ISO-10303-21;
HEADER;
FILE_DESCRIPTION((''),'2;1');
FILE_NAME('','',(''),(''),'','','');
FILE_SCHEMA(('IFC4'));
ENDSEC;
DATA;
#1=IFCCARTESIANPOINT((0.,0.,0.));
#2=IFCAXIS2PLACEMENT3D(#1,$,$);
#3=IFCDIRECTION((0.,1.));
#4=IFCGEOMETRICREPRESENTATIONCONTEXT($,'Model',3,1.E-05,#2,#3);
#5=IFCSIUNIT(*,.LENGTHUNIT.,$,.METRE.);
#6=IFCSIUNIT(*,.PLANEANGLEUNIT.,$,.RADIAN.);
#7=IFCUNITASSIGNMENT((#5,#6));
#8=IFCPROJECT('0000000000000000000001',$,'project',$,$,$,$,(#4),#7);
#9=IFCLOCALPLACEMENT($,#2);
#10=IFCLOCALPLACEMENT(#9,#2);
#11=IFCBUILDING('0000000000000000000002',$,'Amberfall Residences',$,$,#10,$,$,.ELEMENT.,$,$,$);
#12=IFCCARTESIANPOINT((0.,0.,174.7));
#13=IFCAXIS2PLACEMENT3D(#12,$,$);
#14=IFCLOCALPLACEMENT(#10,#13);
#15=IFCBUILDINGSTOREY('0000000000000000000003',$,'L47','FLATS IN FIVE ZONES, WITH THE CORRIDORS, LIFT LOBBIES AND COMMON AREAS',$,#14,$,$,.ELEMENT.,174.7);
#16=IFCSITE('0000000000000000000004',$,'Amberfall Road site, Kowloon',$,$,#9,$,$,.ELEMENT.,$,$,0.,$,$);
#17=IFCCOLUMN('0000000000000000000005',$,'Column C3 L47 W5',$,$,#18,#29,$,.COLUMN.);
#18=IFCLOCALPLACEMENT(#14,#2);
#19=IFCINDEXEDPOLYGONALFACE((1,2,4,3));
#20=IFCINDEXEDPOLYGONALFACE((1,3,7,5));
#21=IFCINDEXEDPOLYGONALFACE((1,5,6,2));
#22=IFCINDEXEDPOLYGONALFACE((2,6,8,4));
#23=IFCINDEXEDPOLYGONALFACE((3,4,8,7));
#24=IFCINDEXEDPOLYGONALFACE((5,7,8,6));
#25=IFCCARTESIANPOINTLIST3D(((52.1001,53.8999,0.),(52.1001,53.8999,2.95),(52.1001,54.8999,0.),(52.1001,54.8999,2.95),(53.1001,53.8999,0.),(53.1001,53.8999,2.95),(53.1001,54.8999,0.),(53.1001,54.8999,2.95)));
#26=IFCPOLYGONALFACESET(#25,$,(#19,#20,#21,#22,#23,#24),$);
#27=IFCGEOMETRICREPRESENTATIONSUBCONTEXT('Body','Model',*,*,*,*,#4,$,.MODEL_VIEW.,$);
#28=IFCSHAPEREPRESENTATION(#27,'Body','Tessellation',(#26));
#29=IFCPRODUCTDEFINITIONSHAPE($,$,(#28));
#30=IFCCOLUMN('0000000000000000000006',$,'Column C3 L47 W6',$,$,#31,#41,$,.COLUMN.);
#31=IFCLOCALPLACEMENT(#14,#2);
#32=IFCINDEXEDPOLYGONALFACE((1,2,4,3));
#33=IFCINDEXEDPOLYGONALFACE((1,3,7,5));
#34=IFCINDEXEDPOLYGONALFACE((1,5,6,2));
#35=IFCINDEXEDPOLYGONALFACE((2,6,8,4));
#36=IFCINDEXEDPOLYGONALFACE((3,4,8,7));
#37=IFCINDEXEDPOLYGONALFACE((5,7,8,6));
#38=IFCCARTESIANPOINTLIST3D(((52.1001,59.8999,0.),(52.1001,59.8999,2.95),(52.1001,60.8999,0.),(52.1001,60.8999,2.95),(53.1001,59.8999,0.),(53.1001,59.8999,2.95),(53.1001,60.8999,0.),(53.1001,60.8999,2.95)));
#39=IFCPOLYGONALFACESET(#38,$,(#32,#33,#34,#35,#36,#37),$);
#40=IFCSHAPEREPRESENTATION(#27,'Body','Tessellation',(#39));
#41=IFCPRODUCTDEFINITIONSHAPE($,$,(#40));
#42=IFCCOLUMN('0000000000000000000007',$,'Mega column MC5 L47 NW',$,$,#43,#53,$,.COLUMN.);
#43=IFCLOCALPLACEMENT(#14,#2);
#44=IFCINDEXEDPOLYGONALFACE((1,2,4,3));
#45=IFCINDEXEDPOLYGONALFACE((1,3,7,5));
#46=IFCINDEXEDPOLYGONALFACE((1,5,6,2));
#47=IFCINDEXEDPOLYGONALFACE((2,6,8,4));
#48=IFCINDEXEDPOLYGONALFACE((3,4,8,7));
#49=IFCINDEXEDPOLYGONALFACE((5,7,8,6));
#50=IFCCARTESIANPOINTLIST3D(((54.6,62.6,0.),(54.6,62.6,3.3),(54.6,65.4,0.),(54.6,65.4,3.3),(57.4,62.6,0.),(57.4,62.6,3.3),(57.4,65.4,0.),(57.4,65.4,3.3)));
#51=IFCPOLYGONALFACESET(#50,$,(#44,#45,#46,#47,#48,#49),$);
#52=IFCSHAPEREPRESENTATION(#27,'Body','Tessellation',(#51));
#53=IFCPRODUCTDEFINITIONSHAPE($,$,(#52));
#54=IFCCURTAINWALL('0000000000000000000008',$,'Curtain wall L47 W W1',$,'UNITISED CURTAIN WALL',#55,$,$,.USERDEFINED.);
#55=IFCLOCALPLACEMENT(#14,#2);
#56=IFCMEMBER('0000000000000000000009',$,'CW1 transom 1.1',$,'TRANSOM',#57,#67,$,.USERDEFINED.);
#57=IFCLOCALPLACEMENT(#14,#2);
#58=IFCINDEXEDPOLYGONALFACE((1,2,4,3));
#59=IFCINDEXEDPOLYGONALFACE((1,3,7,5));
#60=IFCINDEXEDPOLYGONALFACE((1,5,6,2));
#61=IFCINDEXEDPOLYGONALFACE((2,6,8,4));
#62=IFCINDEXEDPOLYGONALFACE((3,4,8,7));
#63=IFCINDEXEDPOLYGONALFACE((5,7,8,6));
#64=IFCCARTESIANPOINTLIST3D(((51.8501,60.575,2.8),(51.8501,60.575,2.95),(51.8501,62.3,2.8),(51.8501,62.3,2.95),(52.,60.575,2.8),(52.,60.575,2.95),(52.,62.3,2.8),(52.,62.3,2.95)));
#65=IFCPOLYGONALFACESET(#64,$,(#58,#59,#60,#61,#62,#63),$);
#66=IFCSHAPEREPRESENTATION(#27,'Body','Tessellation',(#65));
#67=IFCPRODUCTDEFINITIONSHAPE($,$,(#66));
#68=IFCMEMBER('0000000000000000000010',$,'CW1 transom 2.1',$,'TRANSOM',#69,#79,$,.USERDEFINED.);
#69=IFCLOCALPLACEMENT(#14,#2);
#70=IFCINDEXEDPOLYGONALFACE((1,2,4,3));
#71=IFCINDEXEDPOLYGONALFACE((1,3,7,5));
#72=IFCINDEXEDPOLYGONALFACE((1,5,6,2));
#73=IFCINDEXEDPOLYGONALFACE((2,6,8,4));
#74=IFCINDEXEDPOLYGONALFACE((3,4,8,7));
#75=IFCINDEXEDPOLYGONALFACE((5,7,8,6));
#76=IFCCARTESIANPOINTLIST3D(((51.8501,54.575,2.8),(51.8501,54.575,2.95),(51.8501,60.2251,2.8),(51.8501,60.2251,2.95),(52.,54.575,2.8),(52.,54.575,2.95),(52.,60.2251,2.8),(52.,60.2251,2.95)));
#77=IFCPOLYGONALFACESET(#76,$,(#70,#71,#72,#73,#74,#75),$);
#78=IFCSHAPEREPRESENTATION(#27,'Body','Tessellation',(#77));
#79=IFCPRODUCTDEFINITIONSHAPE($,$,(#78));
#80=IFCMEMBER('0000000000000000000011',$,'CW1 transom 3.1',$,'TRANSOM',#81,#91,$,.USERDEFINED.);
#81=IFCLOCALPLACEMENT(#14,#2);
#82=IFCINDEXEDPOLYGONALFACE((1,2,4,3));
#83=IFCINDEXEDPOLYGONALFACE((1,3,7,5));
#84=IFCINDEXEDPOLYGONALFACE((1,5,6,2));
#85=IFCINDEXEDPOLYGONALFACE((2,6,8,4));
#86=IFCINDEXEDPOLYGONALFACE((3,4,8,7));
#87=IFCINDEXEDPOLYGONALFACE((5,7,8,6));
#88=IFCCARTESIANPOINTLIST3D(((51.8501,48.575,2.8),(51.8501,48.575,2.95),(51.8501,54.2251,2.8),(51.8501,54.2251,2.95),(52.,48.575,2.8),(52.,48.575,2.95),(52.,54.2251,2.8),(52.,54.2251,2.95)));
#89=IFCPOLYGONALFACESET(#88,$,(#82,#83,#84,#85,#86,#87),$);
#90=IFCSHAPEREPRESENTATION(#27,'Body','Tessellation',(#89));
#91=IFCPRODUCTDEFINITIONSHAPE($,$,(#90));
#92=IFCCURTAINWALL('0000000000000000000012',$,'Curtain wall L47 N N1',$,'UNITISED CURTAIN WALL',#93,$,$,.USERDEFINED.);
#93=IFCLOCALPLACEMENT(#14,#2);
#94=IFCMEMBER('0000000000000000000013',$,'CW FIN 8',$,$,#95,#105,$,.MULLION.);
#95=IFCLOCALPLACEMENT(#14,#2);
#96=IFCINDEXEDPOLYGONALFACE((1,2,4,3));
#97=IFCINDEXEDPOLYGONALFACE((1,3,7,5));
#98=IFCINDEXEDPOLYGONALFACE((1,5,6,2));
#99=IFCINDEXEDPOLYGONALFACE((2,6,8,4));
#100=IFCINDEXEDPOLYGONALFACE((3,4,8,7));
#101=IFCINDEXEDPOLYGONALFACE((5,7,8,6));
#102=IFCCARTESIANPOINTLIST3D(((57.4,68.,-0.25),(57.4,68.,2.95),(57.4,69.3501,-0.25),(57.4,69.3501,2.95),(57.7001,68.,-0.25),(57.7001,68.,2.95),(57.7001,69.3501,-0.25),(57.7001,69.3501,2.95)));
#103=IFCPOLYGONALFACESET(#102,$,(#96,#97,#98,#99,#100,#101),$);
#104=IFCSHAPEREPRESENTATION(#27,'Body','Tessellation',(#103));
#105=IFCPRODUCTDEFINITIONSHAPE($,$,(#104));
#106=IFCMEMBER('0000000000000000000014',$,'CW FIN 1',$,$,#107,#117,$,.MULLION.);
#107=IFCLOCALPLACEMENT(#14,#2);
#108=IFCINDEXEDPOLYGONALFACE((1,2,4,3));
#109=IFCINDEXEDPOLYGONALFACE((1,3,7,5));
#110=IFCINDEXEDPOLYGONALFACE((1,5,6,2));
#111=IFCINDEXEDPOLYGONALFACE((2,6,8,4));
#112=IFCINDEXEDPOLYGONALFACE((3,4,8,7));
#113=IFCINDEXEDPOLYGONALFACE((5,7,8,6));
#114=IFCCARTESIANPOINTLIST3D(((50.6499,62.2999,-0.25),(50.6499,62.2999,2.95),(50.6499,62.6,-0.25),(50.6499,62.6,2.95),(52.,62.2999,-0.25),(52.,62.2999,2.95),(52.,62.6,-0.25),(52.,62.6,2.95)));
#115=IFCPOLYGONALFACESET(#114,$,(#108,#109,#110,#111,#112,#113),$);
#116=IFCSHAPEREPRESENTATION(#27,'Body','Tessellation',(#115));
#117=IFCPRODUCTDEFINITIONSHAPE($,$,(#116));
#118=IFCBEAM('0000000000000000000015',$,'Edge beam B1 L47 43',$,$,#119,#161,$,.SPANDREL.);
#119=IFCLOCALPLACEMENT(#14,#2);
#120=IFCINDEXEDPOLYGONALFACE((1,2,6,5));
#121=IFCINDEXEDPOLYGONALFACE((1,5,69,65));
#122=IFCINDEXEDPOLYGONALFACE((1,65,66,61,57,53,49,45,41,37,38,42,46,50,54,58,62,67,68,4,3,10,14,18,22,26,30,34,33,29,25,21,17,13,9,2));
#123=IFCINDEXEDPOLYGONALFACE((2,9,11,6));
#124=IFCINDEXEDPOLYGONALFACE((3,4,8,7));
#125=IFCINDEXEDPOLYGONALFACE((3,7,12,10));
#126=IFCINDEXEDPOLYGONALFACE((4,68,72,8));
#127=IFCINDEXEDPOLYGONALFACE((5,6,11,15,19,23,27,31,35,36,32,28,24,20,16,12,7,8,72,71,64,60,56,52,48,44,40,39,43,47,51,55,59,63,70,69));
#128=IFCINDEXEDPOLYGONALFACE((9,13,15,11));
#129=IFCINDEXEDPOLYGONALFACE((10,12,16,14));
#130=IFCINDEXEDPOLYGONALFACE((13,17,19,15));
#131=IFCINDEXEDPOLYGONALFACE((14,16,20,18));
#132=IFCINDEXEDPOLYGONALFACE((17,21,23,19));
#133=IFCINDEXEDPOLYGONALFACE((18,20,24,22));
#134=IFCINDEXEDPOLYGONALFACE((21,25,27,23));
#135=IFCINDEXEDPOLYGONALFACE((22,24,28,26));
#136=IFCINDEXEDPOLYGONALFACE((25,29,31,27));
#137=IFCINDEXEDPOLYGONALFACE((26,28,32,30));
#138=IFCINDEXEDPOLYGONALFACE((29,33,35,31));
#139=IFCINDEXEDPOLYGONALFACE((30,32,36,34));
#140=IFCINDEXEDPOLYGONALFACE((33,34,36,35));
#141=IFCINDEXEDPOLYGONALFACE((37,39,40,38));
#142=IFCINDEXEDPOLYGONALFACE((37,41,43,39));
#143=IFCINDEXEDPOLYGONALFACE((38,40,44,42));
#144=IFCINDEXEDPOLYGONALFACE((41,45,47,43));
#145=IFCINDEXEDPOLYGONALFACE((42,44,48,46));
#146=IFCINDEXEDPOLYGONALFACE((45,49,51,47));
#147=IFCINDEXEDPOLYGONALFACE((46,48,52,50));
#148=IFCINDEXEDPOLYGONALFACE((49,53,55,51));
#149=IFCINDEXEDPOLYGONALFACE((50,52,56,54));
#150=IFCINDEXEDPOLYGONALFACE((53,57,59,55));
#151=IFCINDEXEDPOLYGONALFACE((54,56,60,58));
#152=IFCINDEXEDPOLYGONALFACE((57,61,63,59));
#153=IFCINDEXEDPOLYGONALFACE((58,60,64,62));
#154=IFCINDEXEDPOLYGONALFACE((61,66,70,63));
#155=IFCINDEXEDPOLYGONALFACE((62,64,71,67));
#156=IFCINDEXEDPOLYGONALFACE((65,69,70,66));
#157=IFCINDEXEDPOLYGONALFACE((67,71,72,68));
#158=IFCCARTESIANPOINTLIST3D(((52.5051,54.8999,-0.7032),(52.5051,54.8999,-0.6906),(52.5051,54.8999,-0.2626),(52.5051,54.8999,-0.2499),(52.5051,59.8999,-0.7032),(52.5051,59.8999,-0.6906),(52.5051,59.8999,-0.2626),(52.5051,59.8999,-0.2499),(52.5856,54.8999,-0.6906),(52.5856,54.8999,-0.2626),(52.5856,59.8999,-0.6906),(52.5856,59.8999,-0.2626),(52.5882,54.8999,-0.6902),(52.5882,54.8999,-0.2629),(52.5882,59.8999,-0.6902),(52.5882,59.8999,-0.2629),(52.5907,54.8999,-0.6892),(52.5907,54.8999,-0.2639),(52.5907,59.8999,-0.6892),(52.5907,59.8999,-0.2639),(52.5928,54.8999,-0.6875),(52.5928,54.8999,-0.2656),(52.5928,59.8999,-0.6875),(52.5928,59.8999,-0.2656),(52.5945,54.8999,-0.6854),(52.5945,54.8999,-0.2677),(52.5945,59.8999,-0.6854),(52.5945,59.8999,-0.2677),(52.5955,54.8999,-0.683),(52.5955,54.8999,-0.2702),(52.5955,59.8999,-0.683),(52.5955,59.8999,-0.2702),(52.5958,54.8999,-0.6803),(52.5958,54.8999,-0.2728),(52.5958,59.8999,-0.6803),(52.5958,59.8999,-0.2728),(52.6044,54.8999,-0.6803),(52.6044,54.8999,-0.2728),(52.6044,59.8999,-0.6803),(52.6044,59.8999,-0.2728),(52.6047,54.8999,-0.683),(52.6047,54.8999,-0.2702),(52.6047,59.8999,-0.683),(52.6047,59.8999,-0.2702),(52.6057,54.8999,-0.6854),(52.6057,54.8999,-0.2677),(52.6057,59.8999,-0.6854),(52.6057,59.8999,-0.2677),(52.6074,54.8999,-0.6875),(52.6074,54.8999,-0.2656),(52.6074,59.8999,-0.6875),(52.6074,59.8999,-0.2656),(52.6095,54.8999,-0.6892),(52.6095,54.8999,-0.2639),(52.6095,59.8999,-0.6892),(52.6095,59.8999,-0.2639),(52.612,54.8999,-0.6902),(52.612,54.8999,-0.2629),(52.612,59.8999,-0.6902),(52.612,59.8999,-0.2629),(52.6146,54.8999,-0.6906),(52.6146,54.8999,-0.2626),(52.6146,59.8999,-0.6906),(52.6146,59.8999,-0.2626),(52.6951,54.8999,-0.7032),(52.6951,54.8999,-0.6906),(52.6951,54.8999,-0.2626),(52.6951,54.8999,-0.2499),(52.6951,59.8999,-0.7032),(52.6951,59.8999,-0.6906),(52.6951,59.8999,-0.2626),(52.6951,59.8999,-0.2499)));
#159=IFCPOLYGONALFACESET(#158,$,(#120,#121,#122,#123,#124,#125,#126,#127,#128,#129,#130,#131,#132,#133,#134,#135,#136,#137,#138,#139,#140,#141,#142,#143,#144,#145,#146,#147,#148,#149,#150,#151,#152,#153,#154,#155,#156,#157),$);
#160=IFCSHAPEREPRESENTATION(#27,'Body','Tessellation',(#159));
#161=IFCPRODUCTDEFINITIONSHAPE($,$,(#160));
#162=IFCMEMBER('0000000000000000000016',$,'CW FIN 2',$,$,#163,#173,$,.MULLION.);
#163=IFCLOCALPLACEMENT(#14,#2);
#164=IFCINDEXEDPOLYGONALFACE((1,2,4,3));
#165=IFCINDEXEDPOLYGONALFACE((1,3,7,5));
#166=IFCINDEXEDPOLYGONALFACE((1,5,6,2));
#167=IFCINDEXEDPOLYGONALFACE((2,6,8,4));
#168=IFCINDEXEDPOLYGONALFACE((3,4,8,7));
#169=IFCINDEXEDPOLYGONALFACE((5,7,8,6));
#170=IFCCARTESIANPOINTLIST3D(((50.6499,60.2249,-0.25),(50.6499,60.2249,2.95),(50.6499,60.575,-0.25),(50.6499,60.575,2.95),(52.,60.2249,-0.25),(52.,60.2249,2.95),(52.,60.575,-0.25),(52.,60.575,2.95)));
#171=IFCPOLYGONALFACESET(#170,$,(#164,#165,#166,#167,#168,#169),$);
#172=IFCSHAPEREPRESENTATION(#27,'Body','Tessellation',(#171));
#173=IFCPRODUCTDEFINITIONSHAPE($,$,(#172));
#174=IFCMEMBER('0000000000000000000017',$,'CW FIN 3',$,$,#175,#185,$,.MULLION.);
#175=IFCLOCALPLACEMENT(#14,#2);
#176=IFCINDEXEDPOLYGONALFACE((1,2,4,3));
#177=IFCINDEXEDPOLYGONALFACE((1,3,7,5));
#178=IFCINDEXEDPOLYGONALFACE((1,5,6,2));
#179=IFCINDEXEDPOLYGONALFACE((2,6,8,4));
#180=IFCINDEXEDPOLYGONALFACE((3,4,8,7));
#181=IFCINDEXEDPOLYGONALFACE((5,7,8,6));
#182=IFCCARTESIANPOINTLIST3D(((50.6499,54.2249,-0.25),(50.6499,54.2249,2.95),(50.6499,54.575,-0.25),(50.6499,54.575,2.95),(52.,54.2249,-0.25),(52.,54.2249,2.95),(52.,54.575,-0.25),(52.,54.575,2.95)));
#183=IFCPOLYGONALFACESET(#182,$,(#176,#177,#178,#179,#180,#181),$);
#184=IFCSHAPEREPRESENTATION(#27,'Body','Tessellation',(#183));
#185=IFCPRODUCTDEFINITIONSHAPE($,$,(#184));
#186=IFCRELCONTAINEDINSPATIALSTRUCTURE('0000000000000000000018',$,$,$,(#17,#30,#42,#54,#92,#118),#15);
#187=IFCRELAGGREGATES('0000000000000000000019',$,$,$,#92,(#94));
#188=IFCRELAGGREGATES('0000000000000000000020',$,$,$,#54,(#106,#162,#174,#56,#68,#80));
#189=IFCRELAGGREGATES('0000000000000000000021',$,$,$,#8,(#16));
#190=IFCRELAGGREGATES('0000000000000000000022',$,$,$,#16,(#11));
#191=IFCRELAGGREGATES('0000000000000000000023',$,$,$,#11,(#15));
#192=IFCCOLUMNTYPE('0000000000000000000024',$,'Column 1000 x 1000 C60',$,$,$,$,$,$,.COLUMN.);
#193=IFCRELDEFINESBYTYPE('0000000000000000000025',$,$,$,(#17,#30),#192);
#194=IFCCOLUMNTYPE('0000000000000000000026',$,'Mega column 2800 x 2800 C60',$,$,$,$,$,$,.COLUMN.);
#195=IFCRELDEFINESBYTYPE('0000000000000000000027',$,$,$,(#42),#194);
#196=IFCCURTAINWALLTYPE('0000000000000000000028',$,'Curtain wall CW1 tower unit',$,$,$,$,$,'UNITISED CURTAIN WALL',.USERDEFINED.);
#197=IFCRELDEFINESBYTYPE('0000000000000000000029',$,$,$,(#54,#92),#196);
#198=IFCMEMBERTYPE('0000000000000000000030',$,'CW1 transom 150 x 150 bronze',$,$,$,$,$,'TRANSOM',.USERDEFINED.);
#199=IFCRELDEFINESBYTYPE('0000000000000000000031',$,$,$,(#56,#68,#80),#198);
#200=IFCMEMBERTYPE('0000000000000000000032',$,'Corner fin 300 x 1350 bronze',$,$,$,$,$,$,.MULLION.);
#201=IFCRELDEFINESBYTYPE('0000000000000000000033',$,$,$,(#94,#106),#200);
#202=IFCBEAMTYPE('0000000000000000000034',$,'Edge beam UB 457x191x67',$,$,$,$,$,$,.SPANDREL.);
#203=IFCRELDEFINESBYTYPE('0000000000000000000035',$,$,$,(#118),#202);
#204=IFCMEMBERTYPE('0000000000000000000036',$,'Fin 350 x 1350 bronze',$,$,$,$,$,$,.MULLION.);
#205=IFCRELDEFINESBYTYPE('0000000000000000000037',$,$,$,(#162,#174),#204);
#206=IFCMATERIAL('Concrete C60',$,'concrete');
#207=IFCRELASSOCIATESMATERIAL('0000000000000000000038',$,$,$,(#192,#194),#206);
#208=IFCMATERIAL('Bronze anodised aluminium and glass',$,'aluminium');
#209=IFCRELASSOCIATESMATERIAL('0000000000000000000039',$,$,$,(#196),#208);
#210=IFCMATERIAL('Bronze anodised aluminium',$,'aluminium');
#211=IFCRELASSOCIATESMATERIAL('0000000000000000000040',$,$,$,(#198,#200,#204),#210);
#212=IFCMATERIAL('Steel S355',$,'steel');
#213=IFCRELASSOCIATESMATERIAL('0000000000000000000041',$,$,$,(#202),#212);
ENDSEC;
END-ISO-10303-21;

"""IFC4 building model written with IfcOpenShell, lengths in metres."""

from ifc_helpers import new_model, si_unit, direction, frame, origin, origin_2d, place, context, subcontext, project, spatial, rectangle, i_section, extrude, material, material_profile, profile_set, type_object, element, aggregate, save


model = new_model("IFC4")

# Units and contexts
model_context = context("Model", 3, precision=1e-05, world=origin(), true_north=direction((0.0, 1.0)))
body_context = subcontext(model_context, "Body", "Model", "MODEL_VIEW")
ifc_project = project(units=[si_unit("LENGTHUNIT", "METRE"), si_unit("PLANEANGLEUNIT", "RADIAN")], contexts=[model_context])

# Site, building, storey
site_placement = place(None, origin())
site = spatial("IfcSite", under=ifc_project, at=site_placement, Name="Amberfall Road site, Kowloon", CompositionType="ELEMENT", RefElevation=0.0)
building_placement = place(site_placement, origin())
building = spatial("IfcBuilding", under=site, at=building_placement, Name="Amberfall Residences", CompositionType="ELEMENT")
storey_placement = place(building_placement, frame((0.0, 0.0, 174.7)))
storey = spatial("IfcBuildingStorey", under=building, at=storey_placement, Name="L47", Description="FLATS IN FIVE ZONES, WITH THE CORRIDORS, LIFT LOBBIES AND COMMON AREAS", CompositionType="ELEMENT", Elevation=174.7)

# Columns
ifc_material_1 = material(Name="Concrete C60", Category="concrete")
ifc_material_profile_1 = material_profile(ifc_material_1, rectangle(XDim=1.0, YDim=1.0, at=origin_2d()), Name="Column 1000 x 1000 C60")
ifc_profile_set_1 = profile_set([ifc_material_profile_1], Name="Concrete C60")
column_type_1 = type_object("IfcColumnType", Name="Column 1000 x 1000 C60", PredefinedType="COLUMN", material=ifc_profile_set_1)
for number, where, z_axis, x_axis, name in (
    (1, (52.6001, 54.3999, 0.0), (0.0, 0.0, 1.0), (1.0, 0.0, 0.0), "Column C3 L47 W5"),
    (2, (52.6001, 60.3999, 0.0), (0.0, 0.0, 1.0), (1.0, 0.0, 0.0), "Column C3 L47 W6"),
):
    element("IfcColumn", number, at=place(storey_placement, frame(where, z_axis=z_axis, x_axis=x_axis)), inside=storey, type_object=column_type_1, Name=name, PredefinedType="COLUMN", context=body_context, shape_type="SweptSolid", body=[
        extrude(rectangle(XDim=1.0, YDim=1.0, at=origin_2d()), origin(), (0.0, 0.0, 1.0), 2.95),
    ])
ifc_material_profile_2 = material_profile(ifc_material_1, rectangle(XDim=2.8, YDim=2.8, at=origin_2d()), Name="Mega column 2800 x 2800 C60")
ifc_profile_set_2 = profile_set([ifc_material_profile_2], Name="Concrete C60")
column_type_2 = type_object("IfcColumnType", Name="Mega column 2800 x 2800 C60", PredefinedType="COLUMN", material=ifc_profile_set_2)
column_placement = place(storey_placement, frame((56.0, 64.0, 0.0), z_axis=(0.0, 0.0, 1.0), x_axis=(1.0, 0.0, 0.0)))
element("IfcColumn", 3, at=column_placement, inside=storey, type_object=column_type_2, Name="Mega column MC5 L47 NW", PredefinedType="COLUMN", context=body_context, shape_type="SweptSolid", body=[
    extrude(rectangle(XDim=2.8, YDim=2.8, at=origin_2d()), origin(), (0.0, 0.0, 1.0), 3.3),
])

# Curtain wall, members
ifc_material_2 = material(Name="Bronze anodised aluminium and glass", Category="aluminium")
curtain_wall_type = type_object("IfcCurtainWallType", Name="Curtain wall CW1 tower unit", ElementType="UNITISED CURTAIN WALL", PredefinedType="USERDEFINED", material=ifc_material_2)
curtain_wall_1_placement = place(storey_placement, origin())
curtain_wall_1 = element("IfcCurtainWall", 4, at=curtain_wall_1_placement, inside=storey, type_object=curtain_wall_type, Name="Curtain wall L47 W W1", ObjectType="UNITISED CURTAIN WALL", PredefinedType="USERDEFINED")
ifc_material_3 = material(Name="Bronze anodised aluminium", Category="aluminium")
ifc_material_profile_3 = material_profile(ifc_material_3, rectangle(XDim=0.1499, YDim=0.1499, at=origin_2d()), Name="CW1 transom 150 x 150 bronze")
ifc_profile_set_3 = profile_set([ifc_material_profile_3], Name="Bronze anodised aluminium")
member_type_1 = type_object("IfcMemberType", Name="CW1 transom 150 x 150 bronze", ElementType="TRANSOM", PredefinedType="USERDEFINED", material=ifc_profile_set_3)
member_1_placement = place(storey_placement, frame((51.925, 62.3, 2.875), z_axis=(0.0, -1.0, 0.0), x_axis=(1.0, 0.0, 0.0)))
member_1 = element("IfcMember", 5, at=member_1_placement, type_object=member_type_1, Name="CW1 transom 1.1", ObjectType="TRANSOM", PredefinedType="USERDEFINED", context=body_context, shape_type="SweptSolid", body=[
    extrude(rectangle(XDim=0.1499, YDim=0.1499, at=origin_2d()), origin(), (0.0, 0.0, 1.0), 1.7251),
])
member_2_placement = place(storey_placement, frame((51.925, 60.2251, 2.875), z_axis=(0.0, -1.0, 0.0), x_axis=(1.0, 0.0, 0.0)))
member_2 = element("IfcMember", 6, at=member_2_placement, type_object=member_type_1, Name="CW1 transom 2.1", ObjectType="TRANSOM", PredefinedType="USERDEFINED", context=body_context, shape_type="SweptSolid", body=[
    extrude(rectangle(XDim=0.1499, YDim=0.1499, at=origin_2d()), origin(), (0.0, 0.0, 1.0), 5.6501),
])
member_3_placement = place(storey_placement, frame((51.925, 54.2251, 2.875), z_axis=(0.0, -1.0, 0.0), x_axis=(1.0, 0.0, 0.0)))
member_3 = element("IfcMember", 7, at=member_3_placement, type_object=member_type_1, Name="CW1 transom 3.1", ObjectType="TRANSOM", PredefinedType="USERDEFINED", context=body_context, shape_type="SweptSolid", body=[
    extrude(rectangle(XDim=0.1499, YDim=0.1499, at=origin_2d()), origin(), (0.0, 0.0, 1.0), 5.6501),
])

# Curtain wall, member
curtain_wall_2_placement = place(storey_placement, origin())
curtain_wall_2 = element("IfcCurtainWall", 8, at=curtain_wall_2_placement, inside=storey, type_object=curtain_wall_type, Name="Curtain wall L47 N N1", ObjectType="UNITISED CURTAIN WALL", PredefinedType="USERDEFINED")
ifc_material_profile_4 = material_profile(ifc_material_3, rectangle(XDim=1.3501, YDim=0.3, at=origin_2d()), Name="Corner fin 300 x 1350 bronze")
ifc_profile_set_4 = profile_set([ifc_material_profile_4], Name="Bronze anodised aluminium")
member_type_2 = type_object("IfcMemberType", Name="Corner fin 300 x 1350 bronze", PredefinedType="MULLION", material=ifc_profile_set_4)
member_4_placement = place(storey_placement, frame((57.55, 68.675, -0.25), z_axis=(0.0, 0.0, 1.0), x_axis=(0.0, -1.0, 0.0)))
member_4 = element("IfcMember", 9, at=member_4_placement, type_object=member_type_2, Name="CW FIN 8", PredefinedType="MULLION", context=body_context, shape_type="SweptSolid", body=[
    extrude(rectangle(XDim=1.3501, YDim=0.3, at=origin_2d()), origin(), (0.0, 0.0, 1.0), 3.2),
])
aggregate(curtain_wall_2, [member_4])

# Member
member_5_placement = place(storey_placement, frame((51.325, 62.45, -0.25), z_axis=(0.0, 0.0, 1.0), x_axis=(1.0, 0.0, 0.0)))
member_5 = element("IfcMember", 10, at=member_5_placement, type_object=member_type_2, Name="CW FIN 1", PredefinedType="MULLION", context=body_context, shape_type="SweptSolid", body=[
    extrude(rectangle(XDim=1.3501, YDim=0.3, at=origin_2d()), origin(), (0.0, 0.0, 1.0), 3.2),
])

# Beam
ifc_material_4 = material(Name="Steel S355", Category="steel")
ifc_material_profile_5 = material_profile(ifc_material_4, i_section(OverallWidth=0.1899, OverallDepth=0.4534, WebThickness=0.0085, FlangeThickness=0.0127, FilletRadius=0.0103, at=origin_2d()), Name="UB 457x191x67")
ifc_profile_set_5 = profile_set([ifc_material_profile_5], Name="Steel S355")
beam_type_1 = type_object("IfcBeamType", Name="Edge beam UB 457x191x67", PredefinedType="SPANDREL", material=ifc_profile_set_5)
beam_1_placement = place(storey_placement, frame((52.6001, 54.8999, -0.4766), z_axis=(0.0, 1.0, 0.0), x_axis=(-1.0, 0.0, 0.0)))
element("IfcBeam", 11, at=beam_1_placement, inside=storey, type_object=beam_type_1, Name="Edge beam B1 L47 43", PredefinedType="SPANDREL", context=body_context, shape_type="SweptSolid", body=[
    extrude(i_section(OverallWidth=0.1899, OverallDepth=0.4534, WebThickness=0.0085, FlangeThickness=0.0127, FilletRadius=0.0103, at=origin_2d()), origin(), (0.0, 0.0, 1.0), 5.0),
])

# Members
ifc_material_profile_6 = material_profile(ifc_material_3, rectangle(XDim=1.3501, YDim=0.3501, at=origin_2d()), Name="Fin 350 x 1350 bronze")
ifc_profile_set_6 = profile_set([ifc_material_profile_6], Name="Bronze anodised aluminium")
member_type_3 = type_object("IfcMemberType", Name="Fin 350 x 1350 bronze", PredefinedType="MULLION", material=ifc_profile_set_6)
member_6_placement = place(storey_placement, frame((51.325, 60.3999, -0.25), z_axis=(0.0, 0.0, 1.0), x_axis=(1.0, 0.0, 0.0)))
member_6 = element("IfcMember", 12, at=member_6_placement, type_object=member_type_3, Name="CW FIN 2", PredefinedType="MULLION", context=body_context, shape_type="SweptSolid", body=[
    extrude(rectangle(XDim=1.3501, YDim=0.3501, at=origin_2d()), origin(), (0.0, 0.0, 1.0), 3.2),
])
member_7_placement = place(storey_placement, frame((51.325, 54.3999, -0.25), z_axis=(0.0, 0.0, 1.0), x_axis=(1.0, 0.0, 0.0)))
member_7 = element("IfcMember", 13, at=member_7_placement, type_object=member_type_3, Name="CW FIN 3", PredefinedType="MULLION", context=body_context, shape_type="SweptSolid", body=[
    extrude(rectangle(XDim=1.3501, YDim=0.3501, at=origin_2d()), origin(), (0.0, 0.0, 1.0), 3.2),
])

aggregate(curtain_wall_1, [member_5, member_6, member_7, member_1, member_2, member_3])

save(model, "model.ifc")
